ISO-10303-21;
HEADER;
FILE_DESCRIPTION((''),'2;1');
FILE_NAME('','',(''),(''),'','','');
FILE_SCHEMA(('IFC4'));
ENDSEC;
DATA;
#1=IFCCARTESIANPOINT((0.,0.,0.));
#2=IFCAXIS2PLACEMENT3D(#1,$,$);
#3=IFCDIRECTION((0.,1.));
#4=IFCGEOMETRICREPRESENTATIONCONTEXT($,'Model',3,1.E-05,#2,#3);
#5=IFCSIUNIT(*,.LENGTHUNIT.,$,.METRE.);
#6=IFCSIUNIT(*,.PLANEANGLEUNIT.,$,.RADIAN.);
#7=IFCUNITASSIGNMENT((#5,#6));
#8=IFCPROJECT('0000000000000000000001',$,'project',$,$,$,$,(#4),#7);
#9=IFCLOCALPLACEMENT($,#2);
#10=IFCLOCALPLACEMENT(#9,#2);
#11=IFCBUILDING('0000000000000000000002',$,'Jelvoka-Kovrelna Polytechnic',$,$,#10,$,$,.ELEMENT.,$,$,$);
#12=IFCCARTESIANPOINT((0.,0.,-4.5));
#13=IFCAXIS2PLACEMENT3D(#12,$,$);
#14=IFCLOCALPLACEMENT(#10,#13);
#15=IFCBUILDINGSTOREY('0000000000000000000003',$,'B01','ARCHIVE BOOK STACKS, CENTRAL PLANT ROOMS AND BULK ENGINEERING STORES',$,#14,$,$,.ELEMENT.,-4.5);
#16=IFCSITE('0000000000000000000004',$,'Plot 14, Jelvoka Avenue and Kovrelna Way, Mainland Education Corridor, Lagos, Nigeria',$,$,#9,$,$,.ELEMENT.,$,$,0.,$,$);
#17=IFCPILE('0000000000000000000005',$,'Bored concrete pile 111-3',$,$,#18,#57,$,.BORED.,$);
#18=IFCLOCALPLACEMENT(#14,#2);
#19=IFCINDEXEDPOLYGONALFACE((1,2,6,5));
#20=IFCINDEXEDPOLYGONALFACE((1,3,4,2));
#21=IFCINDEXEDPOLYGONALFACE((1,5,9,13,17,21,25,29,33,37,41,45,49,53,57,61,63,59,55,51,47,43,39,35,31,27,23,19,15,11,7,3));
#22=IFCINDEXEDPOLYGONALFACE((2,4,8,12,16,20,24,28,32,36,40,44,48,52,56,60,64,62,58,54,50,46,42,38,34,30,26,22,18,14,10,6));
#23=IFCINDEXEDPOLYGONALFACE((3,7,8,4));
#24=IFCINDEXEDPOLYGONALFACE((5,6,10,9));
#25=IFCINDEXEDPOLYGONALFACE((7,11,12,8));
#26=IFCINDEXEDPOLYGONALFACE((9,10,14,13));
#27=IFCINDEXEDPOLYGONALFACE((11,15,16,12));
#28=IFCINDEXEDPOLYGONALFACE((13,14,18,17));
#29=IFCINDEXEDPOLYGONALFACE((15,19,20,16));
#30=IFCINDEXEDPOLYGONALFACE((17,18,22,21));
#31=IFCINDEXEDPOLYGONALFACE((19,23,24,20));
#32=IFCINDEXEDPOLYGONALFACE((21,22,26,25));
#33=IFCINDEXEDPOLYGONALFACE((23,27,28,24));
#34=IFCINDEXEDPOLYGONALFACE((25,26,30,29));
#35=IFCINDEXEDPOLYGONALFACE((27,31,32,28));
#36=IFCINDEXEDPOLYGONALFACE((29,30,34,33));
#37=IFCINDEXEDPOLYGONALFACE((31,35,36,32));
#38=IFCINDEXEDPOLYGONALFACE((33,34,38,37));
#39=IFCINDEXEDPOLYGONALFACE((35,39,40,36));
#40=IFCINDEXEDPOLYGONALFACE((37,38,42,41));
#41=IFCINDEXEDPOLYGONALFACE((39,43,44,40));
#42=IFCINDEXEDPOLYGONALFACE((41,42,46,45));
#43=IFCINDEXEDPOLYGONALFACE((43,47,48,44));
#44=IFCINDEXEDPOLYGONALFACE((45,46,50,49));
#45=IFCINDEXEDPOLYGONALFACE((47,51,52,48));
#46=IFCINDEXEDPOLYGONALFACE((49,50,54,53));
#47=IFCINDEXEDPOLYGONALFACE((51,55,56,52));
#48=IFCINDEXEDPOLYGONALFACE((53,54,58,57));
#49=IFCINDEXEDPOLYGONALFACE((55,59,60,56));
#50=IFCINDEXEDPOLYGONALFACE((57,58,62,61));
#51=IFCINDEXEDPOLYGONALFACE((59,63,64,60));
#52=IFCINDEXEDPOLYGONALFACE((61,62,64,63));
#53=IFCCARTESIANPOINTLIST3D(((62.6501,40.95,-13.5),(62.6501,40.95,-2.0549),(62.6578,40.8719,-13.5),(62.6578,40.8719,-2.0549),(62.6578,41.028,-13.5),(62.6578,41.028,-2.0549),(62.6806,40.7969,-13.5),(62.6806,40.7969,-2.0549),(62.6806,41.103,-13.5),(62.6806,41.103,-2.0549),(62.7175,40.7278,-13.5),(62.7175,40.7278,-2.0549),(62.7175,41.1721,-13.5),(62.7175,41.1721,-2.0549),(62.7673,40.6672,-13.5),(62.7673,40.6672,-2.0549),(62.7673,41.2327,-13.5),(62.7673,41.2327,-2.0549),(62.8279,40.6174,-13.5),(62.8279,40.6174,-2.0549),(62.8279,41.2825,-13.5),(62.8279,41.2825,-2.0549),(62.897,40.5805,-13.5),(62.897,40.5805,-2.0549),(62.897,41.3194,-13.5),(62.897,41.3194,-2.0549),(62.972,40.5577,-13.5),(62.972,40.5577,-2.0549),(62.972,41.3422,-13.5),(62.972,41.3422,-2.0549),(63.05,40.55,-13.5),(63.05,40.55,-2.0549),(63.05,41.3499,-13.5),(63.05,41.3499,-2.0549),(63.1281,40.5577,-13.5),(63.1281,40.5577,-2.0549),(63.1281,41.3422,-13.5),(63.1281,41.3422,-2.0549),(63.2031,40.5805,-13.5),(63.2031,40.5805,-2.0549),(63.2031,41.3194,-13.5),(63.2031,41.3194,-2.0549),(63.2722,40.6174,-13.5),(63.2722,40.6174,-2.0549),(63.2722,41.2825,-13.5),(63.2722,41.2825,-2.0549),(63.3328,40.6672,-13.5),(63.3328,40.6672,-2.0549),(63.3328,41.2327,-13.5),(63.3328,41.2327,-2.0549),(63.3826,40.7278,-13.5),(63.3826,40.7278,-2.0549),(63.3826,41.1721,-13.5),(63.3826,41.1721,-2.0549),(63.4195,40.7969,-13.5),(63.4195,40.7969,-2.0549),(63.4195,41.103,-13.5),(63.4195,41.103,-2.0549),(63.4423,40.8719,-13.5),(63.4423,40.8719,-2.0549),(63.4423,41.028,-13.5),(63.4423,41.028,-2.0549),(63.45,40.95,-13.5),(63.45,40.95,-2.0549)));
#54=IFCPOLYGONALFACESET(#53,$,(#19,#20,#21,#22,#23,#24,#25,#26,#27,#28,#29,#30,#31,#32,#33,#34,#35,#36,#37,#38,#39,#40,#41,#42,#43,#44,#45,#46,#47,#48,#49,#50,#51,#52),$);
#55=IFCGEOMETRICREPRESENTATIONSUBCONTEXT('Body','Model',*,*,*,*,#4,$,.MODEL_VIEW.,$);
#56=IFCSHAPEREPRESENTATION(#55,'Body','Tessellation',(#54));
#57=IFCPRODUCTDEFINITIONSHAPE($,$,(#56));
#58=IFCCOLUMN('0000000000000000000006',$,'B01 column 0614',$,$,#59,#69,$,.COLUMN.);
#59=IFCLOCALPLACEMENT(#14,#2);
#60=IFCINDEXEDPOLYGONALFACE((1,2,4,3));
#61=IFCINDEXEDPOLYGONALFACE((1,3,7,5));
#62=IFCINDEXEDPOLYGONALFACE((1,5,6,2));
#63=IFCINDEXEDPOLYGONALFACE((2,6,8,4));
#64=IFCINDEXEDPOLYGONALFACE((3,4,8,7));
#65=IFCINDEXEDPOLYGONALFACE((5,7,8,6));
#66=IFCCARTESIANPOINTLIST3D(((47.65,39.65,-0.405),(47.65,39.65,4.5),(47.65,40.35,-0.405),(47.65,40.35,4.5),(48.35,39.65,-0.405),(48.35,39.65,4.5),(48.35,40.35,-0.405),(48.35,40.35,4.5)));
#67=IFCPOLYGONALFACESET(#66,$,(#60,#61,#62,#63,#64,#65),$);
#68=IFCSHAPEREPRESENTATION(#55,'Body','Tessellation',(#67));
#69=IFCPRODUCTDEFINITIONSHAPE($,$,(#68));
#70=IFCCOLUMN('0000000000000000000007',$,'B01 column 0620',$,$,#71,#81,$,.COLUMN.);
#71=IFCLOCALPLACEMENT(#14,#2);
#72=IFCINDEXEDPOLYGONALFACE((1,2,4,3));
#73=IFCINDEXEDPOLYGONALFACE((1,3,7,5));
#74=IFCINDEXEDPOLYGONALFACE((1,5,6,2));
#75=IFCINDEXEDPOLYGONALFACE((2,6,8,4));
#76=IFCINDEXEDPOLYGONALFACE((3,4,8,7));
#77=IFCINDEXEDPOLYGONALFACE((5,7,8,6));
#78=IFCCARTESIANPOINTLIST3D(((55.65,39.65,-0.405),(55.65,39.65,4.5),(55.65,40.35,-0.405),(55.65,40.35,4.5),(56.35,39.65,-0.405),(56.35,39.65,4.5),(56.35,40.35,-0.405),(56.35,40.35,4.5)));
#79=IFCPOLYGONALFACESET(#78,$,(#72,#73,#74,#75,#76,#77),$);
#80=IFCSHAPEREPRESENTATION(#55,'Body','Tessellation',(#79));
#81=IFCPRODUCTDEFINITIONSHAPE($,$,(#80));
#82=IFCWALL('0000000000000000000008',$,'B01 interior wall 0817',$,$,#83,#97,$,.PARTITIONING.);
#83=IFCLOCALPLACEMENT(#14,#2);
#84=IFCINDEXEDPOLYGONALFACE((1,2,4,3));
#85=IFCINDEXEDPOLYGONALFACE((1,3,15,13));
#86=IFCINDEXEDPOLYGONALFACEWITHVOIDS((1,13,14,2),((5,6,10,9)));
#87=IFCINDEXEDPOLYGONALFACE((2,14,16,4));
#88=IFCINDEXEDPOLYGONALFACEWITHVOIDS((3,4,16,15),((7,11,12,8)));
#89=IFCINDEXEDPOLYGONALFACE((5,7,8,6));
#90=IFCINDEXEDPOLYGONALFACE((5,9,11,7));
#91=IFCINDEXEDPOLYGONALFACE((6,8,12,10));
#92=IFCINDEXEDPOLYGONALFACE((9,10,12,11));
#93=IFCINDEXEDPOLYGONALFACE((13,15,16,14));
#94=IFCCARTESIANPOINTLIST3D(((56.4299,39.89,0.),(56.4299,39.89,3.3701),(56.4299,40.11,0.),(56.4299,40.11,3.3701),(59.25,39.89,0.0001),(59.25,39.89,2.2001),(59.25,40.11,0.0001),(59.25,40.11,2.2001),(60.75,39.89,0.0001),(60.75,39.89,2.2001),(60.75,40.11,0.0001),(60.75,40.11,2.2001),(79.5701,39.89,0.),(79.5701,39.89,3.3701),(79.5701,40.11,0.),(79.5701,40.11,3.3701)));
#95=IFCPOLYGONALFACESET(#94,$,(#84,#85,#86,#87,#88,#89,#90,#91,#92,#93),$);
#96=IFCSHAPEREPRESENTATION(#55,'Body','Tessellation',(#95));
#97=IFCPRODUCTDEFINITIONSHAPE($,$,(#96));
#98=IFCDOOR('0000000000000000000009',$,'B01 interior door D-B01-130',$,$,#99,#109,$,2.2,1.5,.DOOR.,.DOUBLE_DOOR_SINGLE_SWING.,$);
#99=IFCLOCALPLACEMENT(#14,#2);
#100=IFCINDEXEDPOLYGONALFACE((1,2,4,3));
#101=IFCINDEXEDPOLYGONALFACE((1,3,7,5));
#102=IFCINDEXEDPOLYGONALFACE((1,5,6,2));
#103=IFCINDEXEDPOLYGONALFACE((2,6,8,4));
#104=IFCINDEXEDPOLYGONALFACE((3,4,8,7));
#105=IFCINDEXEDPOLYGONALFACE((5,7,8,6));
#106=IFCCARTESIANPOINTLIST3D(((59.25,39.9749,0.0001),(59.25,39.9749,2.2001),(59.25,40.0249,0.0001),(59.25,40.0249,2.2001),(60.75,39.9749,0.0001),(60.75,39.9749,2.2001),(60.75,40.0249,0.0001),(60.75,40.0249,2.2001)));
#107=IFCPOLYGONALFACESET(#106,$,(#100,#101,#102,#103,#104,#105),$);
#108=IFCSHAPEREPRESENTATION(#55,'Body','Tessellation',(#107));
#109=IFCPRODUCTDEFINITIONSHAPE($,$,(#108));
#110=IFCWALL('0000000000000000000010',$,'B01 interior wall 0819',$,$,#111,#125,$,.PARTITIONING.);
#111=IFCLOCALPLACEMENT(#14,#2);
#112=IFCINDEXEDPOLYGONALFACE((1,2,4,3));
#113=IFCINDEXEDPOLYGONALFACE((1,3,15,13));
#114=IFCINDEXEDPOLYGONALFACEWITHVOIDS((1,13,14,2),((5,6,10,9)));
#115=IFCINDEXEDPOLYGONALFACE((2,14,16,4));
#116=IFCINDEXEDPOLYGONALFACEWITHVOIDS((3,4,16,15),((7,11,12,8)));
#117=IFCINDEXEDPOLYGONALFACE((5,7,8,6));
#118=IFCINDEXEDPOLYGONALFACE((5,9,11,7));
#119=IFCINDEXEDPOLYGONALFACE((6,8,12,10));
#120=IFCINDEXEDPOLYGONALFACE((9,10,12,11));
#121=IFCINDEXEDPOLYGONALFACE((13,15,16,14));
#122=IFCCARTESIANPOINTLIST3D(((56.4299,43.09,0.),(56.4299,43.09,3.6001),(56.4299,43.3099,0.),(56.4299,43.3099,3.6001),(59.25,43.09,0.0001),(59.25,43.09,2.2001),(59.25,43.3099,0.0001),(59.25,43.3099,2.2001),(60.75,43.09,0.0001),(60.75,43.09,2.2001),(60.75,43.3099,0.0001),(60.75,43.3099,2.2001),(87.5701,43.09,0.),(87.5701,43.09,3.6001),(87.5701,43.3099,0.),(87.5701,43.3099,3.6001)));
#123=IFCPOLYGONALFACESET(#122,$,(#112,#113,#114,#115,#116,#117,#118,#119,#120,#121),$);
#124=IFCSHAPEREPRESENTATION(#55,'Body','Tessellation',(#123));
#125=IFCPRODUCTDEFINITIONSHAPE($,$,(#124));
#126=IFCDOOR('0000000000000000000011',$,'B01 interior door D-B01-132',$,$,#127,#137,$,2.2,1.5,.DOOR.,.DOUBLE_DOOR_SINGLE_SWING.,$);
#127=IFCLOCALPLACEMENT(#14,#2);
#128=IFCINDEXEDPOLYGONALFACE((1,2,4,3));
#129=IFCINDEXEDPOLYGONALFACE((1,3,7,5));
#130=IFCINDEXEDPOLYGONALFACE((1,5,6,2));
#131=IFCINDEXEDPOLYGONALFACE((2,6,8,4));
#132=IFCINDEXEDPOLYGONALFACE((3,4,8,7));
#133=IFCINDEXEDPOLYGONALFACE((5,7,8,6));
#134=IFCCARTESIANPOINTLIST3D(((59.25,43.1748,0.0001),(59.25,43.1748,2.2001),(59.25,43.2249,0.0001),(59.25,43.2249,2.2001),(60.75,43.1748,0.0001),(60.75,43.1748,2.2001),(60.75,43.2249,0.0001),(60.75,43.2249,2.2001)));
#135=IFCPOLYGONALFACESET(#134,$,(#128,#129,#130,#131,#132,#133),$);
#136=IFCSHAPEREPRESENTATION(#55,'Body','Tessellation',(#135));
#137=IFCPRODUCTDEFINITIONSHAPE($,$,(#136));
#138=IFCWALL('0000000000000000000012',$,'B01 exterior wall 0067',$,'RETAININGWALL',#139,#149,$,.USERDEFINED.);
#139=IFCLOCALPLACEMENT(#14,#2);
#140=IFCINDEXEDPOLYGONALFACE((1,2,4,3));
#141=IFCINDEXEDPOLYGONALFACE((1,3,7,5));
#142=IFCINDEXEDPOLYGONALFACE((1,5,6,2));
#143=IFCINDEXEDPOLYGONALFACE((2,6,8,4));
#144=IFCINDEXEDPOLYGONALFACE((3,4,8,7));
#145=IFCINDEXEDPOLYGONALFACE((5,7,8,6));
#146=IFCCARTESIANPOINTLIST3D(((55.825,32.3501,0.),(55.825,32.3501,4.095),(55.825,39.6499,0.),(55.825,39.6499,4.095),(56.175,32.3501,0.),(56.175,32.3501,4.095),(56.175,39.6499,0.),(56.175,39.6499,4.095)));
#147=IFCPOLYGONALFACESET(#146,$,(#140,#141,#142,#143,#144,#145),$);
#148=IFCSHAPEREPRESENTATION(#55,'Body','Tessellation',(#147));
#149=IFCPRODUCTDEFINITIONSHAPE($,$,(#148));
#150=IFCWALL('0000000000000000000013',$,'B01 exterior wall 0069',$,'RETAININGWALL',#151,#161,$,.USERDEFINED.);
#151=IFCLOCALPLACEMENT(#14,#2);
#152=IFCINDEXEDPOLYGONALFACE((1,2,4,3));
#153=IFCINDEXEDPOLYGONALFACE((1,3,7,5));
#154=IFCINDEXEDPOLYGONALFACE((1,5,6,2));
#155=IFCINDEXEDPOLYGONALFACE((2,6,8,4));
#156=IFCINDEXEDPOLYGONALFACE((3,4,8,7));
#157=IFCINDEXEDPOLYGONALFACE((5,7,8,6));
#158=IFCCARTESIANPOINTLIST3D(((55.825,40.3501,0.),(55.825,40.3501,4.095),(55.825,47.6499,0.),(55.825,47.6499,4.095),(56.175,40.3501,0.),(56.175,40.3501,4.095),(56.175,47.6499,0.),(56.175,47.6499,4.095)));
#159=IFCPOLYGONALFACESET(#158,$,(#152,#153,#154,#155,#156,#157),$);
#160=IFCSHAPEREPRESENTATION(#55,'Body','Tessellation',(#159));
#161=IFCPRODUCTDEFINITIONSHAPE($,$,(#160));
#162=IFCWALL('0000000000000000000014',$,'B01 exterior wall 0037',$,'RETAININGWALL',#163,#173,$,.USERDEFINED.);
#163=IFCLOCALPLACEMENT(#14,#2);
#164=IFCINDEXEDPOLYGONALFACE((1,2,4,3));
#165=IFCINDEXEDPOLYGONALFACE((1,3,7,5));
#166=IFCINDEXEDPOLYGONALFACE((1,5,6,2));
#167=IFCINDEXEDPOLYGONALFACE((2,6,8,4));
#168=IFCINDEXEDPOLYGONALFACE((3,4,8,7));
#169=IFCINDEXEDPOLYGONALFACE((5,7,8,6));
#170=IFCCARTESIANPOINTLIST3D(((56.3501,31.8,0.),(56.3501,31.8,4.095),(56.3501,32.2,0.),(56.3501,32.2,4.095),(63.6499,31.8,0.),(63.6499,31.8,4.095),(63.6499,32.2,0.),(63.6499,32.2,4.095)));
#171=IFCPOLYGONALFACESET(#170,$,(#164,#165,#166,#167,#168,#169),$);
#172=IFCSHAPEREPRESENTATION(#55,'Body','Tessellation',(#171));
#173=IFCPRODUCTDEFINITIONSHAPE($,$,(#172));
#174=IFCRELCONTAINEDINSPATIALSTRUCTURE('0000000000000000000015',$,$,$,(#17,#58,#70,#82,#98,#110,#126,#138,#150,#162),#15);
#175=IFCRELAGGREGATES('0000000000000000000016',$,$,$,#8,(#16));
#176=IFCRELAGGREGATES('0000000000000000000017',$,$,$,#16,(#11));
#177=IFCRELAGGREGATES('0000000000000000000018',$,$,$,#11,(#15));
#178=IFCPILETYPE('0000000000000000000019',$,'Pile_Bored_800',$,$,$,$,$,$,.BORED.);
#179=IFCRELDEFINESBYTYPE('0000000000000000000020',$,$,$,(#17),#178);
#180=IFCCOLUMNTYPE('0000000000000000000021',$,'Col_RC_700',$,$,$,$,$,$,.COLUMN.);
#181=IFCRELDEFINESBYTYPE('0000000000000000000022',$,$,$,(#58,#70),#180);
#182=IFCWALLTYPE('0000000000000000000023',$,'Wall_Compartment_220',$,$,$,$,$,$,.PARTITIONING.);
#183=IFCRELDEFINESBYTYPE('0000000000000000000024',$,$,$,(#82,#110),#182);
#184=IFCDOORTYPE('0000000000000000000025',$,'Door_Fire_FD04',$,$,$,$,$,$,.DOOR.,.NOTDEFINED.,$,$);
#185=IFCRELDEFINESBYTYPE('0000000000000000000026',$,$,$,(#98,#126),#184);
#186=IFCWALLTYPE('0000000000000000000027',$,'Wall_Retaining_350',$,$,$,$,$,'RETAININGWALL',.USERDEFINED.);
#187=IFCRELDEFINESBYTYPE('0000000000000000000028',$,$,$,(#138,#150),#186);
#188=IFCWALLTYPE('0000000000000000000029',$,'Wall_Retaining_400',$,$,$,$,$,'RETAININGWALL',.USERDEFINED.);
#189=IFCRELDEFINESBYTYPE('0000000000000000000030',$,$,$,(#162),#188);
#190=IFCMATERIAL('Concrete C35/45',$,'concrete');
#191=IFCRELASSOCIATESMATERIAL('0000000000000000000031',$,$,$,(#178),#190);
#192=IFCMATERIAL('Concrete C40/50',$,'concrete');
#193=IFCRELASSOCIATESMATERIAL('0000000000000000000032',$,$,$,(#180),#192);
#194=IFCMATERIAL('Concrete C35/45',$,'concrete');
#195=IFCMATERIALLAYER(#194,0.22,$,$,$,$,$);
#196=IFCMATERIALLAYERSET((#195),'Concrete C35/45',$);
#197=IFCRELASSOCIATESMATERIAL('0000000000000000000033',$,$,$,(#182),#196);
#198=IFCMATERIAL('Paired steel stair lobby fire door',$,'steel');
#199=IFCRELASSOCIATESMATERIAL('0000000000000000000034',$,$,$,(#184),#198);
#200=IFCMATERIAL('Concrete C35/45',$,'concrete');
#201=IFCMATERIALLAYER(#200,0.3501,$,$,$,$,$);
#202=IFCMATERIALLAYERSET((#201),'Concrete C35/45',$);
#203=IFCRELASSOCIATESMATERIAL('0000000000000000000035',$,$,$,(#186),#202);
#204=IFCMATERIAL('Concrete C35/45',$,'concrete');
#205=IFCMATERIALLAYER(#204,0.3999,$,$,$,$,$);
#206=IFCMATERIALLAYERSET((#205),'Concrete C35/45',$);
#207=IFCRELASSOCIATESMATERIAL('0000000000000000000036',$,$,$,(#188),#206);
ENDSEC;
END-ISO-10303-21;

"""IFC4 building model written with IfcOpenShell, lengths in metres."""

from ifc_helpers import new_model, si_unit, direction, frame, frame_2d, origin, origin_2d, place, context, subcontext, project, spatial, rectangle, circle, extrude, material, layer, layer_set, material_profile, profile_set, type_object, element, fill, save


model = new_model("IFC4")

# Units and contexts
model_context = context("Model", 3, precision=1e-05, world=origin(), true_north=direction((0.0, 1.0)))
body_context = subcontext(model_context, "Body", "Model", "MODEL_VIEW")
ifc_project = project(units=[si_unit("LENGTHUNIT", "METRE"), si_unit("PLANEANGLEUNIT", "RADIAN")], contexts=[model_context])

# Site, building, storey
site_placement = place(None, origin())
site = spatial("IfcSite", under=ifc_project, at=site_placement, Name="Plot 14, Jelvoka Avenue and Kovrelna Way, Mainland Education Corridor, Lagos, Nigeria", CompositionType="ELEMENT", RefElevation=0.0)
building_placement = place(site_placement, origin())
building = spatial("IfcBuilding", under=site, at=building_placement, Name="Jelvoka-Kovrelna Polytechnic", CompositionType="ELEMENT")
storey_placement = place(building_placement, frame((0.0, 0.0, -4.5)))
storey = spatial("IfcBuildingStorey", under=building, at=storey_placement, Name="B01", Description="ARCHIVE BOOK STACKS, CENTRAL PLANT ROOMS AND BULK ENGINEERING STORES", CompositionType="ELEMENT", Elevation=-4.5)

# Pile
ifc_material_1 = material(Name="Concrete C35/45", Category="concrete")
ifc_material_profile_1 = material_profile(ifc_material_1, circle(Radius=0.3999, at=origin_2d()), Name="PILE D800")
ifc_profile_set_1 = profile_set([ifc_material_profile_1], Name="Concrete C35/45")
pile_type = type_object("IfcPileType", Name="Pile_Bored_800", PredefinedType="BORED", material=ifc_profile_set_1)
for number, where, z_axis, x_axis, name in (
    (1, (63.05, 40.95, -2.0549), (0.0, 0.0, -1.0), (1.0, 0.0, 0.0), "Bored concrete pile 111-3"),
):
    element("IfcPile", number, at=place(storey_placement, frame(where, z_axis=z_axis, x_axis=x_axis)), inside=storey, type_object=pile_type, Name=name, PredefinedType="BORED", context=body_context, shape_type="SweptSolid", body=[
        extrude(circle(Radius=0.3999, at=origin_2d()), origin(), (0.0, 0.0, 1.0), 11.4451),
    ])

# Columns
ifc_material_2 = material(Name="Concrete C40/50", Category="concrete")
ifc_material_profile_2 = material_profile(ifc_material_2, rectangle(XDim=0.7, YDim=0.7, at=origin_2d()), Name="RC 700x700")
ifc_profile_set_2 = profile_set([ifc_material_profile_2], Name="Concrete C40/50")
column_type = type_object("IfcColumnType", Name="Col_RC_700", PredefinedType="COLUMN", material=ifc_profile_set_2)
for number, where, z_axis, x_axis, name in (
    (2, (48.0, 40.0, -0.405), (0.0, 0.0, 1.0), (1.0, 0.0, 0.0), "B01 column 0614"),
    (3, (56.0, 40.0, -0.405), (0.0, 0.0, 1.0), (1.0, 0.0, 0.0), "B01 column 0620"),
):
    element("IfcColumn", number, at=place(storey_placement, frame(where, z_axis=z_axis, x_axis=x_axis)), inside=storey, type_object=column_type, Name=name, PredefinedType="COLUMN", context=body_context, shape_type="SweptSolid", body=[
        extrude(rectangle(XDim=0.7, YDim=0.7, at=origin_2d()), origin(), (0.0, 0.0, 1.0), 4.905),
    ])

# Walls, openings, doors
ifc_material_3 = material(Name="Concrete C35/45", Category="concrete")
ifc_layer_1 = layer(ifc_material_3, 0.22)
ifc_layer_set_1 = layer_set([ifc_layer_1], Name="Concrete C35/45")
wall_type_1 = type_object("IfcWallType", Name="Wall_Compartment_220", PredefinedType="PARTITIONING", material=ifc_layer_set_1)
wall_1_placement = place(storey_placement, frame((56.4299, 40.0, 0.0), z_axis=(0.0, 0.0, 1.0), x_axis=(1.0, 0.0, 0.0)))
wall_1 = element("IfcWall", 4, at=wall_1_placement, inside=storey, type_object=wall_type_1, Name="B01 interior wall 0817", PredefinedType="PARTITIONING", context=body_context, shape_type="SweptSolid", body=[
    extrude(rectangle(XDim=23.1401, YDim=0.22, at=frame_2d((11.5701, 0.0))), origin(), (0.0, 0.0, 1.0), 3.3701),
])
opening_1_placement = place(wall_1_placement, frame((2.8201, 0.0, 0.0)))
opening_1 = element("IfcOpeningElement", 5, at=opening_1_placement, cuts=wall_1, PredefinedType="OPENING", context=body_context, shape_type="SweptSolid", body=[
    extrude(rectangle(XDim=1.5, YDim=2.2, at=frame_2d((0.75, 1.1001))), frame((0.0, 0.1199, 0.0), z_axis=(0.0, -1.0, 0.0), x_axis=(1.0, 0.0, 0.0)), (0.0, 0.0, 1.0), 0.24),
])
ifc_material_4 = material(Name="Paired steel stair lobby fire door", Category="steel")
door_type = type_object("IfcDoorType", Name="Door_Fire_FD04", OperationType="NOTDEFINED", PredefinedType="DOOR", material=ifc_material_4)
door_1_placement = place(opening_1_placement, origin())
door_1 = element("IfcDoor", 6, at=door_1_placement, inside=storey, type_object=door_type, Name="B01 interior door D-B01-130", OperationType="DOUBLE_DOOR_SINGLE_SWING", OverallHeight=2.2, OverallWidth=1.5, PredefinedType="DOOR", context=body_context, shape_type="SweptSolid", body=[
    extrude(rectangle(XDim=1.5, YDim=2.2, at=frame_2d((0.75, 1.1001))), frame((0.0, 0.0249, 0.0), z_axis=(0.0, -1.0, 0.0), x_axis=(1.0, 0.0, 0.0)), (0.0, 0.0, 1.0), 0.05),
])
fill(opening_1, door_1)
wall_2_placement = place(storey_placement, frame((56.4299, 43.2, 0.0), z_axis=(0.0, 0.0, 1.0), x_axis=(1.0, 0.0, 0.0)))
wall_2 = element("IfcWall", 7, at=wall_2_placement, inside=storey, type_object=wall_type_1, Name="B01 interior wall 0819", PredefinedType="PARTITIONING", context=body_context, shape_type="SweptSolid", body=[
    extrude(rectangle(XDim=31.1401, YDim=0.22, at=frame_2d((15.5701, 0.0))), origin(), (0.0, 0.0, 1.0), 3.6001),
])
opening_2_placement = place(wall_2_placement, frame((2.8201, 0.0, 0.0)))
opening_2 = element("IfcOpeningElement", 8, at=opening_2_placement, cuts=wall_2, PredefinedType="OPENING", context=body_context, shape_type="SweptSolid", body=[
    extrude(rectangle(XDim=1.5, YDim=2.2, at=frame_2d((0.75, 1.1001))), frame((0.0, 0.1199, 0.0), z_axis=(0.0, -1.0, 0.0), x_axis=(1.0, 0.0, 0.0)), (0.0, 0.0, 1.0), 0.24),
])
door_2_placement = place(opening_2_placement, origin())
door_2 = element("IfcDoor", 9, at=door_2_placement, inside=storey, type_object=door_type, Name="B01 interior door D-B01-132", OperationType="DOUBLE_DOOR_SINGLE_SWING", OverallHeight=2.2, OverallWidth=1.5, PredefinedType="DOOR", context=body_context, shape_type="SweptSolid", body=[
    extrude(rectangle(XDim=1.5, YDim=2.2, at=frame_2d((0.75, 1.1001))), frame((0.0, 0.0249, 0.0), z_axis=(0.0, -1.0, 0.0), x_axis=(1.0, 0.0, 0.0)), (0.0, 0.0, 1.0), 0.05),
])
fill(opening_2, door_2)

# Walls
ifc_material_5 = material(Name="Concrete C35/45", Category="concrete")
ifc_layer_2 = layer(ifc_material_5, 0.3501)
ifc_layer_set_2 = layer_set([ifc_layer_2], Name="Concrete C35/45")
wall_type_2 = type_object("IfcWallType", Name="Wall_Retaining_350", ElementType="RETAININGWALL", PredefinedType="USERDEFINED", material=ifc_layer_set_2)
for number, where, z_axis, x_axis, name in (
    (10, (56.0, 32.3501, 0.0), (0.0, 0.0, 1.0), (0.0, 1.0, 0.0), "B01 exterior wall 0067"),
    (11, (56.0, 40.3501, 0.0), (0.0, 0.0, 1.0), (0.0, 1.0, 0.0), "B01 exterior wall 0069"),
):
    element("IfcWall", number, at=place(storey_placement, frame(where, z_axis=z_axis, x_axis=x_axis)), inside=storey, type_object=wall_type_2, Name=name, ObjectType="RETAININGWALL", PredefinedType="USERDEFINED", context=body_context, shape_type="SweptSolid", body=[
        extrude(rectangle(XDim=7.2998, YDim=0.3501, at=frame_2d((3.6499, 0.0))), origin(), (0.0, 0.0, 1.0), 4.095),
    ])
ifc_material_6 = material(Name="Concrete C35/45", Category="concrete")
ifc_layer_3 = layer(ifc_material_6, 0.3999)
ifc_layer_set_3 = layer_set([ifc_layer_3], Name="Concrete C35/45")
wall_type_3 = type_object("IfcWallType", Name="Wall_Retaining_400", ElementType="RETAININGWALL", PredefinedType="USERDEFINED", material=ifc_layer_set_3)
wall_3_placement = place(storey_placement, frame((63.6499, 32.0, 0.0), z_axis=(0.0, 0.0, 1.0), x_axis=(-1.0, 0.0, 0.0)))
element("IfcWall", 12, at=wall_3_placement, inside=storey, type_object=wall_type_3, Name="B01 exterior wall 0037", ObjectType="RETAININGWALL", PredefinedType="USERDEFINED", context=body_context, shape_type="SweptSolid", body=[
    extrude(rectangle(XDim=7.2998, YDim=0.3999, at=frame_2d((3.6499, 0.0))), origin(), (0.0, 0.0, 1.0), 4.095),
])

save(model, "model.ifc")
